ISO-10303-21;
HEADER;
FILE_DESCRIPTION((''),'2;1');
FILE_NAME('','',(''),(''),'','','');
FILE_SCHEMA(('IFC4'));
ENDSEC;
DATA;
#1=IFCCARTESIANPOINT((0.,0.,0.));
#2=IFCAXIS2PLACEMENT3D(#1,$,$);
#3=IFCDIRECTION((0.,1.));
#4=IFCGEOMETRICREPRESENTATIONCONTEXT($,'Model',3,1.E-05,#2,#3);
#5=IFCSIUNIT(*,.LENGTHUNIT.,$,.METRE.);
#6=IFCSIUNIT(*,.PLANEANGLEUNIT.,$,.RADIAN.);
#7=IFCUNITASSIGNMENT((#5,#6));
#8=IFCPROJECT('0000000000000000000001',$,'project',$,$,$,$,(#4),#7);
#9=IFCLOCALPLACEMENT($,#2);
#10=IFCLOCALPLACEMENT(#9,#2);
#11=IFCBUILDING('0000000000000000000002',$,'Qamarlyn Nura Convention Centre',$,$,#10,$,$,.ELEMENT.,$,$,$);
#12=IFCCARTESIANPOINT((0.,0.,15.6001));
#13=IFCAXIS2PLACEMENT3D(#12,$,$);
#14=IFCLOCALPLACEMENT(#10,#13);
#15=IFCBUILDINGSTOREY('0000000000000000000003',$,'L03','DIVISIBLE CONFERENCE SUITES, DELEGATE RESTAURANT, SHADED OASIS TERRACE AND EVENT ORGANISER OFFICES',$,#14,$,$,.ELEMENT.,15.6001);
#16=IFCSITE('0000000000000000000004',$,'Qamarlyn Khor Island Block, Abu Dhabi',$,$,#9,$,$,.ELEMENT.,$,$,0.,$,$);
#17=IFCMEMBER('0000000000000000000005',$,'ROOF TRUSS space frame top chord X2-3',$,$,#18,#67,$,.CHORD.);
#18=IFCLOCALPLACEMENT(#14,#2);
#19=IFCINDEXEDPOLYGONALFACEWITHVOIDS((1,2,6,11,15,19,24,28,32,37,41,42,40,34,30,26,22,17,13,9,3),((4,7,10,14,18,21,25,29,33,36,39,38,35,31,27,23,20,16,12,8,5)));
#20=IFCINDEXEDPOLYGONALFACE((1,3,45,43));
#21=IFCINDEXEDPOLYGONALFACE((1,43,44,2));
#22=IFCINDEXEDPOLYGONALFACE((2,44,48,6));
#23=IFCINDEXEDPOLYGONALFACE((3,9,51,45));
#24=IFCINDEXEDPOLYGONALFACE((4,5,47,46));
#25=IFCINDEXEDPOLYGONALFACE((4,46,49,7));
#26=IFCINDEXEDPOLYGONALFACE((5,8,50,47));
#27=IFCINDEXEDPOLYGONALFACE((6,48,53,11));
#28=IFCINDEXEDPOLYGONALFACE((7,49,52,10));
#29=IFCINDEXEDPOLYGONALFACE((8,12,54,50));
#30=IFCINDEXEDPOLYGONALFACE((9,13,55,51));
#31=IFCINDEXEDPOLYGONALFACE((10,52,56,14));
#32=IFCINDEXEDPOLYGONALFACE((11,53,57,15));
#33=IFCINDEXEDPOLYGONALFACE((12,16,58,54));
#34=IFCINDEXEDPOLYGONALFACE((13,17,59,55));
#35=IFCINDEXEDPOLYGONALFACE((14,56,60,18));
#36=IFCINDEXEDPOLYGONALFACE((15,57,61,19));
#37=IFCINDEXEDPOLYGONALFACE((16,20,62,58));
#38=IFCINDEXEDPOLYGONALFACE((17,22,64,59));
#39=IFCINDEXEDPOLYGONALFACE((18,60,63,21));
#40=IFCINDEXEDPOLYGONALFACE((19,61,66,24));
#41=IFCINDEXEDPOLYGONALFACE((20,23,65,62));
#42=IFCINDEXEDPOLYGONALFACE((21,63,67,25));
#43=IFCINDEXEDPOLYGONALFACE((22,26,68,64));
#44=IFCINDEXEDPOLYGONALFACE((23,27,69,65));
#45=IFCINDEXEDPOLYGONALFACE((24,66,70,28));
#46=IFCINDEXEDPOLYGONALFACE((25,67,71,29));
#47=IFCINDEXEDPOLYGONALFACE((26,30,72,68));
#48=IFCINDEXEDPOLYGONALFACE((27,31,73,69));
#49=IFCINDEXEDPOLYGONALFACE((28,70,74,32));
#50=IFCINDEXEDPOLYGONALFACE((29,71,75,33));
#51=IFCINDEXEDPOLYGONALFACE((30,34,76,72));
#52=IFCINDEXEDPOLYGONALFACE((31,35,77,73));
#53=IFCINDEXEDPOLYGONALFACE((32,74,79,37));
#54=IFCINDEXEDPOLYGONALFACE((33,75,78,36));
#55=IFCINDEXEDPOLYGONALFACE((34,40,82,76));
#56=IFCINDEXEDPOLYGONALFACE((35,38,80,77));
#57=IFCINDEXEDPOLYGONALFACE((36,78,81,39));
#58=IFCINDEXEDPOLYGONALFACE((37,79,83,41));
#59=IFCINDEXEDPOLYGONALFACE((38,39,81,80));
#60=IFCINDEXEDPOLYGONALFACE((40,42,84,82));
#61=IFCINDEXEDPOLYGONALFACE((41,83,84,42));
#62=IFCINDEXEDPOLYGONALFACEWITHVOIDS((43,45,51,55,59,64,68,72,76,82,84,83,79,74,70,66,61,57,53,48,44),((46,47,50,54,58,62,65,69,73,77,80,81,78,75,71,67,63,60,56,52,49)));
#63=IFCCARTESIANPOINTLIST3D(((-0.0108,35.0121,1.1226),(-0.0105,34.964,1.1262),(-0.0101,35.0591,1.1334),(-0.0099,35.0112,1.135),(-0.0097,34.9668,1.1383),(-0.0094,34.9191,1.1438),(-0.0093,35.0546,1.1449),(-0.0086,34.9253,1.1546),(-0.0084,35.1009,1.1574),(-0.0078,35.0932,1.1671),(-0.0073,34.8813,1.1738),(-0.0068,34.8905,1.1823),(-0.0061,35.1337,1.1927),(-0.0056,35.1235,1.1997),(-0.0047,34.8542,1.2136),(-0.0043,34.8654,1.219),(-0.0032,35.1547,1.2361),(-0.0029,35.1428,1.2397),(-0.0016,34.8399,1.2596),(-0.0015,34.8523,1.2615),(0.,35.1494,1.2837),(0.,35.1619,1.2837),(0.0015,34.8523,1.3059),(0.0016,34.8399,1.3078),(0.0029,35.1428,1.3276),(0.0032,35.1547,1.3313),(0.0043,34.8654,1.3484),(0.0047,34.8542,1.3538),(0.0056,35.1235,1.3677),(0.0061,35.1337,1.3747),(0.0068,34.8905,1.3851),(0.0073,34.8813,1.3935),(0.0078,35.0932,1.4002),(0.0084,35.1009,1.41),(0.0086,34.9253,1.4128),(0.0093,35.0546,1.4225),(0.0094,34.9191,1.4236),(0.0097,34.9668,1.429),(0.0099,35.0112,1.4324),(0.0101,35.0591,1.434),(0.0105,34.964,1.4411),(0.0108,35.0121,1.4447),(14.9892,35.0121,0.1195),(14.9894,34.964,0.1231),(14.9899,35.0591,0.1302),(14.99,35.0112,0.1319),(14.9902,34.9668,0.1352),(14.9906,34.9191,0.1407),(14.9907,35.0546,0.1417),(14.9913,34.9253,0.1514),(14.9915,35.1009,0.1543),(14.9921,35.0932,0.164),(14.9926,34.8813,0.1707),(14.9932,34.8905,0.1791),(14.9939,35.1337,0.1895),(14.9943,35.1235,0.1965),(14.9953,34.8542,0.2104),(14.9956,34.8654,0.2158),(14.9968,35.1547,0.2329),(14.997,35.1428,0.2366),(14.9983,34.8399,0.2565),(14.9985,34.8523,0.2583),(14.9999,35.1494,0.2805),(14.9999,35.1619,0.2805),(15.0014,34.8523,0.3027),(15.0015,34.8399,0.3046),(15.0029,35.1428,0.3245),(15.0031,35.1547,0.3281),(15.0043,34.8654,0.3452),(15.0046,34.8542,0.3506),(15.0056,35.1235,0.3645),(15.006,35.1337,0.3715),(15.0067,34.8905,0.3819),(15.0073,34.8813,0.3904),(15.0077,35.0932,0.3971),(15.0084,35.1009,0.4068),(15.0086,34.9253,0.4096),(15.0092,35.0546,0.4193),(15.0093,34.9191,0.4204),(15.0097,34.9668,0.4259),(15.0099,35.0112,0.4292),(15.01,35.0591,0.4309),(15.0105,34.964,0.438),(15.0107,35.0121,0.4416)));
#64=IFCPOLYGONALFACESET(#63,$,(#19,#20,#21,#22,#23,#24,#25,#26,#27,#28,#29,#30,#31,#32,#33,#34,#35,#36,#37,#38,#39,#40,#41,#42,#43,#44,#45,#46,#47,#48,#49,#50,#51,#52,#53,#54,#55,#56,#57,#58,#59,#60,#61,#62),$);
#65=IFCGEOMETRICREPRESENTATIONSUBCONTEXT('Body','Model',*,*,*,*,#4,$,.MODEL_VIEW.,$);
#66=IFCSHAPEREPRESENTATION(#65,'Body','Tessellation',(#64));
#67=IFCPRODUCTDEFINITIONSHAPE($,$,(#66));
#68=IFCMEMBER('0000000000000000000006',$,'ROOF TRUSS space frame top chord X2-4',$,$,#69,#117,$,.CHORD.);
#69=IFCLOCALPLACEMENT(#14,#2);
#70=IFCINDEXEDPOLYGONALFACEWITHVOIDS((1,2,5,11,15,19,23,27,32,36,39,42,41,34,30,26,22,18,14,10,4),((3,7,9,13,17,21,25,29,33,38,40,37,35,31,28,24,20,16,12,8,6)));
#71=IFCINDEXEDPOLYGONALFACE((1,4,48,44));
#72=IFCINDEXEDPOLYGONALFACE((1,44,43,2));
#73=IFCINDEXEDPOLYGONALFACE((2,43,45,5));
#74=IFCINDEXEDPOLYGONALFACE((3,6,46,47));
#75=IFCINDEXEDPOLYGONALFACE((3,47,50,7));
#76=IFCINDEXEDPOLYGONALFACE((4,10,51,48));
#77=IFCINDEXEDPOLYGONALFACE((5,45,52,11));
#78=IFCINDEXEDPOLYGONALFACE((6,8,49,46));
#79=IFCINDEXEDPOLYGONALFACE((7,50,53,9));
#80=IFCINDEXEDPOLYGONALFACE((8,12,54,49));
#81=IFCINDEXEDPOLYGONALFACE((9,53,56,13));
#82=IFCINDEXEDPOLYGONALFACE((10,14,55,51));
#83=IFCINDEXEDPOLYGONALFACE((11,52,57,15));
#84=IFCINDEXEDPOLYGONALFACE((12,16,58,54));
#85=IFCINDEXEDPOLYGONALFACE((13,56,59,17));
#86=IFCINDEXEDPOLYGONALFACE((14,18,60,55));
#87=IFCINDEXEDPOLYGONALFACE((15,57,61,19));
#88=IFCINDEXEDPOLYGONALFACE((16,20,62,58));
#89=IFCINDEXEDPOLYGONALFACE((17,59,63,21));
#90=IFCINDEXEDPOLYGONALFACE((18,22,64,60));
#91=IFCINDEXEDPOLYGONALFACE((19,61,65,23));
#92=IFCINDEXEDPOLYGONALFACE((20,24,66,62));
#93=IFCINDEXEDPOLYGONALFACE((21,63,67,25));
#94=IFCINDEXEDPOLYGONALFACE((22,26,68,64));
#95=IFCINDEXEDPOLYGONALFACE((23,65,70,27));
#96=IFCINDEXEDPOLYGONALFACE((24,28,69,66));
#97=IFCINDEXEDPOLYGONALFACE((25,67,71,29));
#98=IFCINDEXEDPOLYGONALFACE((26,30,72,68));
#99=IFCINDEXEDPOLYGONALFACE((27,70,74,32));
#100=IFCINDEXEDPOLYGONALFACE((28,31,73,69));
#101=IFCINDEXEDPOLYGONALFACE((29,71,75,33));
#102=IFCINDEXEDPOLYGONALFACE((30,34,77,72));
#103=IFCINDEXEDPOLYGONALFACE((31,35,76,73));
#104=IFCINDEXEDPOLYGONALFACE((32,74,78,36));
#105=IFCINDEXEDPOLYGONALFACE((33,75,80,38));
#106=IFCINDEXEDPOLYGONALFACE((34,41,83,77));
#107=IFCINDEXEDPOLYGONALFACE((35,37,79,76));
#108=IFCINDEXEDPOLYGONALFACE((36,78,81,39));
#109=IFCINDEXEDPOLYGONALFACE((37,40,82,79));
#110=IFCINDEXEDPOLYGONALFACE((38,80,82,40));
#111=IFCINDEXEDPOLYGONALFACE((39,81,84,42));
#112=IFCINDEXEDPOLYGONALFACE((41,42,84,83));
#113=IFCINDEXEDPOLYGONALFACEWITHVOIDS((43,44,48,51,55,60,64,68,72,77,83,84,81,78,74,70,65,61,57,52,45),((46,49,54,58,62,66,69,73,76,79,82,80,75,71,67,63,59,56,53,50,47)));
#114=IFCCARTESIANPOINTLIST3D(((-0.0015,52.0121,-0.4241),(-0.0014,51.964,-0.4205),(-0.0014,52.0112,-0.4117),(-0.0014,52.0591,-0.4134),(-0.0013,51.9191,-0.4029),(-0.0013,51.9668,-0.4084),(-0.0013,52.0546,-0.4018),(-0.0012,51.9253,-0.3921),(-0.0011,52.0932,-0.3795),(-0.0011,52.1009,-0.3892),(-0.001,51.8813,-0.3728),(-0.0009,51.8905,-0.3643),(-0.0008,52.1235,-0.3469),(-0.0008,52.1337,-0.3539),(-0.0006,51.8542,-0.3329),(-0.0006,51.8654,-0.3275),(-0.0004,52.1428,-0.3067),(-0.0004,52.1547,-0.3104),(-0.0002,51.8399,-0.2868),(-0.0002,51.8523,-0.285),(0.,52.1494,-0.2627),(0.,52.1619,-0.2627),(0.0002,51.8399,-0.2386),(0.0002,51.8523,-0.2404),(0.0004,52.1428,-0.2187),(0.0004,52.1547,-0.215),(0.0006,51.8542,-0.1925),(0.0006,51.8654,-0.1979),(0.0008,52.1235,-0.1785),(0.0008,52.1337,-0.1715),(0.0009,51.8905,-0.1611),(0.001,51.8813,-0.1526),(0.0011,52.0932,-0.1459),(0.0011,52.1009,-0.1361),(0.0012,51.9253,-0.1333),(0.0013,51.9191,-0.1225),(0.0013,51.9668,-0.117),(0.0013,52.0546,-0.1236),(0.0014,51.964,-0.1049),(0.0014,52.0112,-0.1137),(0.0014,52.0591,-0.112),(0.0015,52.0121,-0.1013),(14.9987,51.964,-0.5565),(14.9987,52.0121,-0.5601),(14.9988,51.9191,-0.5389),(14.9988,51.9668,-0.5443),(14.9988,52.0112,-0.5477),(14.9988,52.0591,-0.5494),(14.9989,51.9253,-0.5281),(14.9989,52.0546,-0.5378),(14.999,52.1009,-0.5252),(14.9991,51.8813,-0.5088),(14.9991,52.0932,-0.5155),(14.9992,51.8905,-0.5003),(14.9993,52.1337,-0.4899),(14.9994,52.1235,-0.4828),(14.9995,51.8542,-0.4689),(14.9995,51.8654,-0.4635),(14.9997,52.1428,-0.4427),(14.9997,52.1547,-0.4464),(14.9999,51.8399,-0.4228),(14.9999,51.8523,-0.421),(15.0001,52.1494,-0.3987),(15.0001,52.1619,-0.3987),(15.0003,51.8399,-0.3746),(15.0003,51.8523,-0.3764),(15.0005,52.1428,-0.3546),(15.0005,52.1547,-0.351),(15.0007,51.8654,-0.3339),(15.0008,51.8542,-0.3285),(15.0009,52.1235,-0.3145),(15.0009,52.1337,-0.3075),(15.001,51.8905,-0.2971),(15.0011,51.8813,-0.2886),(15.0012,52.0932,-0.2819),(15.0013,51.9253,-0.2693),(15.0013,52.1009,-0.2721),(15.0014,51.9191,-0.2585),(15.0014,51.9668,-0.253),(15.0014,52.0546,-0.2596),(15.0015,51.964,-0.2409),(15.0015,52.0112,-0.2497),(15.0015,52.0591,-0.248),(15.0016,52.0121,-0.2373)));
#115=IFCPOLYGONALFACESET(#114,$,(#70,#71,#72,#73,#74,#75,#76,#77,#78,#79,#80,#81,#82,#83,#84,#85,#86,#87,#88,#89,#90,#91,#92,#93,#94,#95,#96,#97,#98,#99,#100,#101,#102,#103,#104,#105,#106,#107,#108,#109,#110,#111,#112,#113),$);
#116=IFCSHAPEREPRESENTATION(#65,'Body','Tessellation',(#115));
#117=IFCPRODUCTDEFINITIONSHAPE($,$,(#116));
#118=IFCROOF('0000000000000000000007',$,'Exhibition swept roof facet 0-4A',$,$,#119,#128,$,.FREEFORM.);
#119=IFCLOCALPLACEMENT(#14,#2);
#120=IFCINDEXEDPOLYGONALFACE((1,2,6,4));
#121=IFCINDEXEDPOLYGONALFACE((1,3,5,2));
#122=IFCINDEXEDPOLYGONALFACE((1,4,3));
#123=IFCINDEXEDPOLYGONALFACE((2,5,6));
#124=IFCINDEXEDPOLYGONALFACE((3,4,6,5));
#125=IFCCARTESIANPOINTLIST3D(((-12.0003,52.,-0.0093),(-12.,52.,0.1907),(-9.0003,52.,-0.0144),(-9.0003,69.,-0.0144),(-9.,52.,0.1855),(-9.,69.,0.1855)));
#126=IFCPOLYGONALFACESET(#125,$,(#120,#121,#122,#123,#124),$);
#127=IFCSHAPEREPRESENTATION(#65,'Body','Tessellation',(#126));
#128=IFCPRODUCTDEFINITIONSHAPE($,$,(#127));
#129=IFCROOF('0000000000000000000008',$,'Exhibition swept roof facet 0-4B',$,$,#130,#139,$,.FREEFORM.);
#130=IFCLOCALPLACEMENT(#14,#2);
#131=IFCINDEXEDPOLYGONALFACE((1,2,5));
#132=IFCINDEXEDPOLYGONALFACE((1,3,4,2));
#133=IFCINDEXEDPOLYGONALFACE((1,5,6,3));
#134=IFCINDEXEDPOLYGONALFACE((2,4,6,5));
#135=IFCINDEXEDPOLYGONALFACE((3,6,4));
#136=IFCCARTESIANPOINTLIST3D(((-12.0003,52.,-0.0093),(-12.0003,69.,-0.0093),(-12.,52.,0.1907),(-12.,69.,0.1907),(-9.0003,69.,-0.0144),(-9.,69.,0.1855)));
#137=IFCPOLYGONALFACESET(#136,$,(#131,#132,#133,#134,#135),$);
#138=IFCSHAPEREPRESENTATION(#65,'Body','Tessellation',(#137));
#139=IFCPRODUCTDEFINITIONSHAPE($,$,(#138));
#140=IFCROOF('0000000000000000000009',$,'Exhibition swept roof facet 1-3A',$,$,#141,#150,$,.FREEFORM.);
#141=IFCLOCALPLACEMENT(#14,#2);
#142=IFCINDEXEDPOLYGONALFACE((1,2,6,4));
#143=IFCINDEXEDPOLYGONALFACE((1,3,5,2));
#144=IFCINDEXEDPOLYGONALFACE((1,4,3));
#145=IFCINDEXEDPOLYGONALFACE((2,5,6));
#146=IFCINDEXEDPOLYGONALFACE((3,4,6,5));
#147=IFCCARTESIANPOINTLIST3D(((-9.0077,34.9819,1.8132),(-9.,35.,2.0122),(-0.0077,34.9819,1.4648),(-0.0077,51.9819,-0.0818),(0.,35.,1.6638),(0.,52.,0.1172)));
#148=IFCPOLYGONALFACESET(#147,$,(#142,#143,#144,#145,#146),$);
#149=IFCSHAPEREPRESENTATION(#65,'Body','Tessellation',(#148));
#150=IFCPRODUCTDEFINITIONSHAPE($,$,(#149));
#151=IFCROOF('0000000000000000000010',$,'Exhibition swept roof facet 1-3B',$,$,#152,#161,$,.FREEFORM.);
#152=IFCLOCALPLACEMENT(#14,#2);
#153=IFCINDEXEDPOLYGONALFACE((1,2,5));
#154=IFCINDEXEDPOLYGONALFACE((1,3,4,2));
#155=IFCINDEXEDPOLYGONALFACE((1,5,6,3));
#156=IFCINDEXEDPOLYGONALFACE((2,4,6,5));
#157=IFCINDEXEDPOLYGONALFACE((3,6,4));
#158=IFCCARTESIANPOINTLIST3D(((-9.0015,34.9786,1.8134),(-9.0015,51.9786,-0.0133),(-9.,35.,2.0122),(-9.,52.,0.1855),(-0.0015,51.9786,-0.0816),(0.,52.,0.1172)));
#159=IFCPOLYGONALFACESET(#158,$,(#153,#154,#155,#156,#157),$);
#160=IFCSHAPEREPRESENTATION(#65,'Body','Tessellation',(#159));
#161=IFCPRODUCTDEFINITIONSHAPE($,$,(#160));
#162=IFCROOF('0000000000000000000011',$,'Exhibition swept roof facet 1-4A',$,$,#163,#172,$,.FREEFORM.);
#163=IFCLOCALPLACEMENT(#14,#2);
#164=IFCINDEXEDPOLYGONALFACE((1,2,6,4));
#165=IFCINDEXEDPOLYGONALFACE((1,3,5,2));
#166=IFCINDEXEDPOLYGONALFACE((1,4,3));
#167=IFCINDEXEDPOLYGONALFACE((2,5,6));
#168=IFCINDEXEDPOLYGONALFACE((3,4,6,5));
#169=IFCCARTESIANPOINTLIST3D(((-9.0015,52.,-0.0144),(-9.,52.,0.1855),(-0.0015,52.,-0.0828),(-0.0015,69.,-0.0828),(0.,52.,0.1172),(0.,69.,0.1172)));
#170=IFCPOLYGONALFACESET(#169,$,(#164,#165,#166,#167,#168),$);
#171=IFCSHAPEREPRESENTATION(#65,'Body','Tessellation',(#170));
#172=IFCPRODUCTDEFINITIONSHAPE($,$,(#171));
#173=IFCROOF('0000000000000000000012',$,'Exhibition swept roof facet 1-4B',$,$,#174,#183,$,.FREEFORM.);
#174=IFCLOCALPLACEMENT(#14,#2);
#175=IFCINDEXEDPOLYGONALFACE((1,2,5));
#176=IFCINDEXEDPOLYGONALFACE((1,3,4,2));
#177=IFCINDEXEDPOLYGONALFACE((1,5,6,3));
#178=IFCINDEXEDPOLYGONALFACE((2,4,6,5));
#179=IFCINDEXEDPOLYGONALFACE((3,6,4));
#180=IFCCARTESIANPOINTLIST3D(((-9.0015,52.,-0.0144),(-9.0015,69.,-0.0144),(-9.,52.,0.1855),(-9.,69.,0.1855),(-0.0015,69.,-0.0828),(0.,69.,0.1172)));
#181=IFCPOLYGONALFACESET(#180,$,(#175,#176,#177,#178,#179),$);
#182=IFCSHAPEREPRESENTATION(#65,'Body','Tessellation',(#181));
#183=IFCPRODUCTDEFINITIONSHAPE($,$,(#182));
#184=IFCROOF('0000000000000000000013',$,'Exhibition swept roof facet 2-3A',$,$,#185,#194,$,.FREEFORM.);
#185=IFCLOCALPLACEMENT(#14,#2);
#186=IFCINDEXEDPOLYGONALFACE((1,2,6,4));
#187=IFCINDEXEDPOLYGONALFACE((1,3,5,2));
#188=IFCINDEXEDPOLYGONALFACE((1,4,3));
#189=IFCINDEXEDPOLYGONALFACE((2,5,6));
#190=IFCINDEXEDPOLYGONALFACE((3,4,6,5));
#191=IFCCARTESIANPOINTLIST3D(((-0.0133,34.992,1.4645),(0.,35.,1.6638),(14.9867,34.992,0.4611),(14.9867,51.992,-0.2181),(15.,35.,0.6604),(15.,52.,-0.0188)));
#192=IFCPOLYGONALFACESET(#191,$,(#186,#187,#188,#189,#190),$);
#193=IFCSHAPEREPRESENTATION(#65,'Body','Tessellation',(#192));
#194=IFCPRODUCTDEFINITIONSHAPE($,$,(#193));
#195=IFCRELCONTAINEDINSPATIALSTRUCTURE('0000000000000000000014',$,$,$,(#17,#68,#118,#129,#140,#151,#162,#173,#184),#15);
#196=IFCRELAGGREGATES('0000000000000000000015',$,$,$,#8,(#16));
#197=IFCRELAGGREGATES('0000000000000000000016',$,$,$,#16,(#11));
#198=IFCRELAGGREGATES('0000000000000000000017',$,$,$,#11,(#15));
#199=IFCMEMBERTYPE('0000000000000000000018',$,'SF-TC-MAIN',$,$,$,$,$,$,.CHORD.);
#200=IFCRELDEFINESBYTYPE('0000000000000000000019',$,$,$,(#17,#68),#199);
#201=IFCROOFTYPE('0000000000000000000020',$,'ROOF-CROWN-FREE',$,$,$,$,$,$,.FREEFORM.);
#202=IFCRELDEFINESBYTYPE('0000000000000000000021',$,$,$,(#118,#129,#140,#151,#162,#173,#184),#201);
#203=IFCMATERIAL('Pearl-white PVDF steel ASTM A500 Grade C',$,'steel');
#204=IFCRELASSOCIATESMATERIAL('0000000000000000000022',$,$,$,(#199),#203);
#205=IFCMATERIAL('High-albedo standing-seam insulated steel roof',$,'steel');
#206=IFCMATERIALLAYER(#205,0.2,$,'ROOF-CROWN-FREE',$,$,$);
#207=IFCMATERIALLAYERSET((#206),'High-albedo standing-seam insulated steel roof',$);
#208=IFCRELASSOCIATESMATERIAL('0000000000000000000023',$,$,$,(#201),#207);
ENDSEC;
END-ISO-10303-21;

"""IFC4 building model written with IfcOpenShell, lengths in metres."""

from ifc_helpers import new_model, si_unit, direction, frame, origin, origin_2d, place, context, subcontext, project, spatial, polyline, hollow_circle, outline, extrude, material, layer, layer_set, material_profile, profile_set, type_object, element, save


model = new_model("IFC4")

# Units and contexts
model_context = context("Model", 3, precision=1e-05, world=origin(), true_north=direction((0.0, 1.0)))
body_context = subcontext(model_context, "Body", "Model", "MODEL_VIEW")
ifc_project = project(units=[si_unit("LENGTHUNIT", "METRE"), si_unit("PLANEANGLEUNIT", "RADIAN")], contexts=[model_context])

# Site, building, storey
site_placement = place(None, origin())
site = spatial("IfcSite", under=ifc_project, at=site_placement, Name="Qamarlyn Khor Island Block, Abu Dhabi", CompositionType="ELEMENT", RefElevation=0.0)
building_placement = place(site_placement, origin())
building = spatial("IfcBuilding", under=site, at=building_placement, Name="Qamarlyn Nura Convention Centre", CompositionType="ELEMENT")
storey_placement = place(building_placement, frame((0.0, 0.0, 15.6001)))
storey = spatial("IfcBuildingStorey", under=building, at=storey_placement, Name="L03", Description="DIVISIBLE CONFERENCE SUITES, DELEGATE RESTAURANT, SHADED OASIS TERRACE AND EVENT ORGANISER OFFICES", CompositionType="ELEMENT", Elevation=15.6001)

# Members
ifc_material_1 = material(Name="Pearl-white PVDF steel ASTM A500 Grade C", Category="steel")
ifc_material_profile_1 = material_profile(ifc_material_1, hollow_circle(Radius=0.1619, WallThickness=0.0125, at=origin_2d()), Name="CHS323.9X12.5")
ifc_profile_set_1 = profile_set([ifc_material_profile_1], Name="Pearl-white PVDF steel ASTM A500 Grade C")
member_type_1 = type_object("IfcMemberType", Name="SF-TC-MAIN", PredefinedType="CHORD", material=ifc_profile_set_1)
member_1_placement = place(storey_placement, frame((0.0, 35.0, 1.2837), z_axis=(0.997771, 0.0, -0.066729), x_axis=(0.0, 1.0, 0.0)))
element("IfcMember", 1, at=member_1_placement, inside=storey, type_object=member_type_1, Name="ROOF TRUSS space frame top chord X2-3", PredefinedType="CHORD", context=body_context, shape_type="SweptSolid", body=[
    extrude(hollow_circle(Radius=0.1619, WallThickness=0.0125, at=origin_2d()), origin(), (0.0, 0.0, 1.0), 15.0334),
])
member_2_placement = place(storey_placement, frame((0.0, 52.0, -0.2627), z_axis=(0.999959, 0.0, -0.009065), x_axis=(0.0, 1.0, 0.0)))
element("IfcMember", 2, at=member_2_placement, inside=storey, type_object=member_type_1, Name="ROOF TRUSS space frame top chord X2-4", PredefinedType="CHORD", context=body_context, shape_type="SweptSolid", body=[
    extrude(hollow_circle(Radius=0.1619, WallThickness=0.0125, at=origin_2d()), origin(), (0.0, 0.0, 1.0), 15.0007),
])

# Roofs
ifc_material_2 = material(Name="High-albedo standing-seam insulated steel roof", Category="steel")
ifc_layer = layer(ifc_material_2, 0.2, Name="ROOF-CROWN-FREE")
ifc_layer_set = layer_set([ifc_layer], Name="High-albedo standing-seam insulated steel roof")
roof_type = type_object("IfcRoofType", Name="ROOF-CROWN-FREE", PredefinedType="FREEFORM", material=ifc_layer_set)
roof_1_placement = place(storey_placement, frame((-12.0, 52.0, 0.1907), z_axis=(0.001709, 0.0, 0.999999), x_axis=(0.999999, 0.0, -0.001709)))
element("IfcRoof", 3, at=roof_1_placement, inside=storey, type_object=roof_type, Name="Exhibition swept roof facet 0-4A", PredefinedType="FREEFORM", context=body_context, shape_type="SweptSolid", body=[
    extrude(outline(polyline([(0.0, 0.0), (3.0, 0.0), (3.0, 17.0), (0.0, 0.0)])), origin(), (0.0, 0.0, -1.0), 0.2),
])
roof_2_placement = place(storey_placement, frame((-12.0, 52.0, 0.1907), z_axis=(0.001709, 0.0, 0.999999), x_axis=(0.173785, 0.984784, -0.000297)))
element("IfcRoof", 4, at=roof_2_placement, inside=storey, type_object=roof_type, Name="Exhibition swept roof facet 0-4B", PredefinedType="FREEFORM", context=body_context, shape_type="SweptSolid", body=[
    extrude(outline(polyline([(0.0, 0.0), (17.2627, 0.0), (16.7413, 2.9544), (0.0, 0.0)])), origin(), (0.0, 0.0, -1.0), 0.2),
])
roof_3_placement = place(storey_placement, frame((-9.0, 35.0, 2.0122), z_axis=(0.038522, 0.090537, 0.995148), x_axis=(0.999252, 0.0, -0.038681)))
element("IfcRoof", 5, at=roof_3_placement, inside=storey, type_object=roof_type, Name="Exhibition swept roof facet 1-3A", PredefinedType="FREEFORM", context=body_context, shape_type="SweptSolid", body=[
    extrude(outline(polyline([(0.0, 0.0), (9.0067, 0.0), (9.0666, 17.0701), (0.0, 0.0)])), origin(), (0.0, 0.0, -1.0), 0.2),
])
roof_4_placement = place(storey_placement, frame((-9.0, 35.0, 2.0122), z_axis=(0.007552, 0.106833, 0.994248), x_axis=(0.465634, 0.87953, -0.098043)))
element("IfcRoof", 6, at=roof_4_placement, inside=storey, type_object=roof_type, Name="Exhibition swept roof facet 1-3B", PredefinedType="FREEFORM", context=body_context, shape_type="SweptSolid", body=[
    extrude(outline(polyline([(0.0, 0.0), (19.3285, 0.0), (15.1311, 7.9616), (0.0, 0.0)])), origin(), (0.0, 0.0, -1.0), 0.2),
])
roof_5_placement = place(storey_placement, frame((-9.0, 52.0, 0.1855), z_axis=(0.007595, 0.0, 0.999971), x_axis=(0.999971, 0.0, -0.007595)))
element("IfcRoof", 7, at=roof_5_placement, inside=storey, type_object=roof_type, Name="Exhibition swept roof facet 1-4A", PredefinedType="FREEFORM", context=body_context, shape_type="SweptSolid", body=[
    extrude(outline(polyline([(0.0, 0.0), (9.0003, 0.0), (9.0003, 17.0), (0.0, 0.0)])), origin(), (0.0, 0.0, -1.0), 0.2),
])
roof_6_placement = place(storey_placement, frame((-9.0, 52.0, 0.1855), z_axis=(0.007595, 0.0, 0.999971), x_axis=(0.467885, 0.883782, -0.003554)))
element("IfcRoof", 8, at=roof_6_placement, inside=storey, type_object=roof_type, Name="Exhibition swept roof facet 1-4B", PredefinedType="FREEFORM", context=body_context, shape_type="SweptSolid", body=[
    extrude(outline(polyline([(0.0, 0.0), (19.2355, 0.0), (15.0243, 7.9543), (0.0, 0.0)])), origin(), (0.0, 0.0, -1.0), 0.2),
])
roof_7_placement = place(storey_placement, frame((0.0, 35.0, 1.6638), z_axis=(0.066692, 0.039832, 0.996978), x_axis=(0.99777, 0.0, -0.066745)))
element("IfcRoof", 9, at=roof_7_placement, inside=storey, type_object=roof_type, Name="Exhibition swept roof facet 2-3A", PredefinedType="FREEFORM", context=body_context, shape_type="SweptSolid", body=[
    extrude(outline(polyline([(0.0, 0.0), (15.0335, 0.0), (15.0789, 17.0135), (0.0, 0.0)])), origin(), (0.0, 0.0, -1.0), 0.2),
])

save(model, "model.ifc")
